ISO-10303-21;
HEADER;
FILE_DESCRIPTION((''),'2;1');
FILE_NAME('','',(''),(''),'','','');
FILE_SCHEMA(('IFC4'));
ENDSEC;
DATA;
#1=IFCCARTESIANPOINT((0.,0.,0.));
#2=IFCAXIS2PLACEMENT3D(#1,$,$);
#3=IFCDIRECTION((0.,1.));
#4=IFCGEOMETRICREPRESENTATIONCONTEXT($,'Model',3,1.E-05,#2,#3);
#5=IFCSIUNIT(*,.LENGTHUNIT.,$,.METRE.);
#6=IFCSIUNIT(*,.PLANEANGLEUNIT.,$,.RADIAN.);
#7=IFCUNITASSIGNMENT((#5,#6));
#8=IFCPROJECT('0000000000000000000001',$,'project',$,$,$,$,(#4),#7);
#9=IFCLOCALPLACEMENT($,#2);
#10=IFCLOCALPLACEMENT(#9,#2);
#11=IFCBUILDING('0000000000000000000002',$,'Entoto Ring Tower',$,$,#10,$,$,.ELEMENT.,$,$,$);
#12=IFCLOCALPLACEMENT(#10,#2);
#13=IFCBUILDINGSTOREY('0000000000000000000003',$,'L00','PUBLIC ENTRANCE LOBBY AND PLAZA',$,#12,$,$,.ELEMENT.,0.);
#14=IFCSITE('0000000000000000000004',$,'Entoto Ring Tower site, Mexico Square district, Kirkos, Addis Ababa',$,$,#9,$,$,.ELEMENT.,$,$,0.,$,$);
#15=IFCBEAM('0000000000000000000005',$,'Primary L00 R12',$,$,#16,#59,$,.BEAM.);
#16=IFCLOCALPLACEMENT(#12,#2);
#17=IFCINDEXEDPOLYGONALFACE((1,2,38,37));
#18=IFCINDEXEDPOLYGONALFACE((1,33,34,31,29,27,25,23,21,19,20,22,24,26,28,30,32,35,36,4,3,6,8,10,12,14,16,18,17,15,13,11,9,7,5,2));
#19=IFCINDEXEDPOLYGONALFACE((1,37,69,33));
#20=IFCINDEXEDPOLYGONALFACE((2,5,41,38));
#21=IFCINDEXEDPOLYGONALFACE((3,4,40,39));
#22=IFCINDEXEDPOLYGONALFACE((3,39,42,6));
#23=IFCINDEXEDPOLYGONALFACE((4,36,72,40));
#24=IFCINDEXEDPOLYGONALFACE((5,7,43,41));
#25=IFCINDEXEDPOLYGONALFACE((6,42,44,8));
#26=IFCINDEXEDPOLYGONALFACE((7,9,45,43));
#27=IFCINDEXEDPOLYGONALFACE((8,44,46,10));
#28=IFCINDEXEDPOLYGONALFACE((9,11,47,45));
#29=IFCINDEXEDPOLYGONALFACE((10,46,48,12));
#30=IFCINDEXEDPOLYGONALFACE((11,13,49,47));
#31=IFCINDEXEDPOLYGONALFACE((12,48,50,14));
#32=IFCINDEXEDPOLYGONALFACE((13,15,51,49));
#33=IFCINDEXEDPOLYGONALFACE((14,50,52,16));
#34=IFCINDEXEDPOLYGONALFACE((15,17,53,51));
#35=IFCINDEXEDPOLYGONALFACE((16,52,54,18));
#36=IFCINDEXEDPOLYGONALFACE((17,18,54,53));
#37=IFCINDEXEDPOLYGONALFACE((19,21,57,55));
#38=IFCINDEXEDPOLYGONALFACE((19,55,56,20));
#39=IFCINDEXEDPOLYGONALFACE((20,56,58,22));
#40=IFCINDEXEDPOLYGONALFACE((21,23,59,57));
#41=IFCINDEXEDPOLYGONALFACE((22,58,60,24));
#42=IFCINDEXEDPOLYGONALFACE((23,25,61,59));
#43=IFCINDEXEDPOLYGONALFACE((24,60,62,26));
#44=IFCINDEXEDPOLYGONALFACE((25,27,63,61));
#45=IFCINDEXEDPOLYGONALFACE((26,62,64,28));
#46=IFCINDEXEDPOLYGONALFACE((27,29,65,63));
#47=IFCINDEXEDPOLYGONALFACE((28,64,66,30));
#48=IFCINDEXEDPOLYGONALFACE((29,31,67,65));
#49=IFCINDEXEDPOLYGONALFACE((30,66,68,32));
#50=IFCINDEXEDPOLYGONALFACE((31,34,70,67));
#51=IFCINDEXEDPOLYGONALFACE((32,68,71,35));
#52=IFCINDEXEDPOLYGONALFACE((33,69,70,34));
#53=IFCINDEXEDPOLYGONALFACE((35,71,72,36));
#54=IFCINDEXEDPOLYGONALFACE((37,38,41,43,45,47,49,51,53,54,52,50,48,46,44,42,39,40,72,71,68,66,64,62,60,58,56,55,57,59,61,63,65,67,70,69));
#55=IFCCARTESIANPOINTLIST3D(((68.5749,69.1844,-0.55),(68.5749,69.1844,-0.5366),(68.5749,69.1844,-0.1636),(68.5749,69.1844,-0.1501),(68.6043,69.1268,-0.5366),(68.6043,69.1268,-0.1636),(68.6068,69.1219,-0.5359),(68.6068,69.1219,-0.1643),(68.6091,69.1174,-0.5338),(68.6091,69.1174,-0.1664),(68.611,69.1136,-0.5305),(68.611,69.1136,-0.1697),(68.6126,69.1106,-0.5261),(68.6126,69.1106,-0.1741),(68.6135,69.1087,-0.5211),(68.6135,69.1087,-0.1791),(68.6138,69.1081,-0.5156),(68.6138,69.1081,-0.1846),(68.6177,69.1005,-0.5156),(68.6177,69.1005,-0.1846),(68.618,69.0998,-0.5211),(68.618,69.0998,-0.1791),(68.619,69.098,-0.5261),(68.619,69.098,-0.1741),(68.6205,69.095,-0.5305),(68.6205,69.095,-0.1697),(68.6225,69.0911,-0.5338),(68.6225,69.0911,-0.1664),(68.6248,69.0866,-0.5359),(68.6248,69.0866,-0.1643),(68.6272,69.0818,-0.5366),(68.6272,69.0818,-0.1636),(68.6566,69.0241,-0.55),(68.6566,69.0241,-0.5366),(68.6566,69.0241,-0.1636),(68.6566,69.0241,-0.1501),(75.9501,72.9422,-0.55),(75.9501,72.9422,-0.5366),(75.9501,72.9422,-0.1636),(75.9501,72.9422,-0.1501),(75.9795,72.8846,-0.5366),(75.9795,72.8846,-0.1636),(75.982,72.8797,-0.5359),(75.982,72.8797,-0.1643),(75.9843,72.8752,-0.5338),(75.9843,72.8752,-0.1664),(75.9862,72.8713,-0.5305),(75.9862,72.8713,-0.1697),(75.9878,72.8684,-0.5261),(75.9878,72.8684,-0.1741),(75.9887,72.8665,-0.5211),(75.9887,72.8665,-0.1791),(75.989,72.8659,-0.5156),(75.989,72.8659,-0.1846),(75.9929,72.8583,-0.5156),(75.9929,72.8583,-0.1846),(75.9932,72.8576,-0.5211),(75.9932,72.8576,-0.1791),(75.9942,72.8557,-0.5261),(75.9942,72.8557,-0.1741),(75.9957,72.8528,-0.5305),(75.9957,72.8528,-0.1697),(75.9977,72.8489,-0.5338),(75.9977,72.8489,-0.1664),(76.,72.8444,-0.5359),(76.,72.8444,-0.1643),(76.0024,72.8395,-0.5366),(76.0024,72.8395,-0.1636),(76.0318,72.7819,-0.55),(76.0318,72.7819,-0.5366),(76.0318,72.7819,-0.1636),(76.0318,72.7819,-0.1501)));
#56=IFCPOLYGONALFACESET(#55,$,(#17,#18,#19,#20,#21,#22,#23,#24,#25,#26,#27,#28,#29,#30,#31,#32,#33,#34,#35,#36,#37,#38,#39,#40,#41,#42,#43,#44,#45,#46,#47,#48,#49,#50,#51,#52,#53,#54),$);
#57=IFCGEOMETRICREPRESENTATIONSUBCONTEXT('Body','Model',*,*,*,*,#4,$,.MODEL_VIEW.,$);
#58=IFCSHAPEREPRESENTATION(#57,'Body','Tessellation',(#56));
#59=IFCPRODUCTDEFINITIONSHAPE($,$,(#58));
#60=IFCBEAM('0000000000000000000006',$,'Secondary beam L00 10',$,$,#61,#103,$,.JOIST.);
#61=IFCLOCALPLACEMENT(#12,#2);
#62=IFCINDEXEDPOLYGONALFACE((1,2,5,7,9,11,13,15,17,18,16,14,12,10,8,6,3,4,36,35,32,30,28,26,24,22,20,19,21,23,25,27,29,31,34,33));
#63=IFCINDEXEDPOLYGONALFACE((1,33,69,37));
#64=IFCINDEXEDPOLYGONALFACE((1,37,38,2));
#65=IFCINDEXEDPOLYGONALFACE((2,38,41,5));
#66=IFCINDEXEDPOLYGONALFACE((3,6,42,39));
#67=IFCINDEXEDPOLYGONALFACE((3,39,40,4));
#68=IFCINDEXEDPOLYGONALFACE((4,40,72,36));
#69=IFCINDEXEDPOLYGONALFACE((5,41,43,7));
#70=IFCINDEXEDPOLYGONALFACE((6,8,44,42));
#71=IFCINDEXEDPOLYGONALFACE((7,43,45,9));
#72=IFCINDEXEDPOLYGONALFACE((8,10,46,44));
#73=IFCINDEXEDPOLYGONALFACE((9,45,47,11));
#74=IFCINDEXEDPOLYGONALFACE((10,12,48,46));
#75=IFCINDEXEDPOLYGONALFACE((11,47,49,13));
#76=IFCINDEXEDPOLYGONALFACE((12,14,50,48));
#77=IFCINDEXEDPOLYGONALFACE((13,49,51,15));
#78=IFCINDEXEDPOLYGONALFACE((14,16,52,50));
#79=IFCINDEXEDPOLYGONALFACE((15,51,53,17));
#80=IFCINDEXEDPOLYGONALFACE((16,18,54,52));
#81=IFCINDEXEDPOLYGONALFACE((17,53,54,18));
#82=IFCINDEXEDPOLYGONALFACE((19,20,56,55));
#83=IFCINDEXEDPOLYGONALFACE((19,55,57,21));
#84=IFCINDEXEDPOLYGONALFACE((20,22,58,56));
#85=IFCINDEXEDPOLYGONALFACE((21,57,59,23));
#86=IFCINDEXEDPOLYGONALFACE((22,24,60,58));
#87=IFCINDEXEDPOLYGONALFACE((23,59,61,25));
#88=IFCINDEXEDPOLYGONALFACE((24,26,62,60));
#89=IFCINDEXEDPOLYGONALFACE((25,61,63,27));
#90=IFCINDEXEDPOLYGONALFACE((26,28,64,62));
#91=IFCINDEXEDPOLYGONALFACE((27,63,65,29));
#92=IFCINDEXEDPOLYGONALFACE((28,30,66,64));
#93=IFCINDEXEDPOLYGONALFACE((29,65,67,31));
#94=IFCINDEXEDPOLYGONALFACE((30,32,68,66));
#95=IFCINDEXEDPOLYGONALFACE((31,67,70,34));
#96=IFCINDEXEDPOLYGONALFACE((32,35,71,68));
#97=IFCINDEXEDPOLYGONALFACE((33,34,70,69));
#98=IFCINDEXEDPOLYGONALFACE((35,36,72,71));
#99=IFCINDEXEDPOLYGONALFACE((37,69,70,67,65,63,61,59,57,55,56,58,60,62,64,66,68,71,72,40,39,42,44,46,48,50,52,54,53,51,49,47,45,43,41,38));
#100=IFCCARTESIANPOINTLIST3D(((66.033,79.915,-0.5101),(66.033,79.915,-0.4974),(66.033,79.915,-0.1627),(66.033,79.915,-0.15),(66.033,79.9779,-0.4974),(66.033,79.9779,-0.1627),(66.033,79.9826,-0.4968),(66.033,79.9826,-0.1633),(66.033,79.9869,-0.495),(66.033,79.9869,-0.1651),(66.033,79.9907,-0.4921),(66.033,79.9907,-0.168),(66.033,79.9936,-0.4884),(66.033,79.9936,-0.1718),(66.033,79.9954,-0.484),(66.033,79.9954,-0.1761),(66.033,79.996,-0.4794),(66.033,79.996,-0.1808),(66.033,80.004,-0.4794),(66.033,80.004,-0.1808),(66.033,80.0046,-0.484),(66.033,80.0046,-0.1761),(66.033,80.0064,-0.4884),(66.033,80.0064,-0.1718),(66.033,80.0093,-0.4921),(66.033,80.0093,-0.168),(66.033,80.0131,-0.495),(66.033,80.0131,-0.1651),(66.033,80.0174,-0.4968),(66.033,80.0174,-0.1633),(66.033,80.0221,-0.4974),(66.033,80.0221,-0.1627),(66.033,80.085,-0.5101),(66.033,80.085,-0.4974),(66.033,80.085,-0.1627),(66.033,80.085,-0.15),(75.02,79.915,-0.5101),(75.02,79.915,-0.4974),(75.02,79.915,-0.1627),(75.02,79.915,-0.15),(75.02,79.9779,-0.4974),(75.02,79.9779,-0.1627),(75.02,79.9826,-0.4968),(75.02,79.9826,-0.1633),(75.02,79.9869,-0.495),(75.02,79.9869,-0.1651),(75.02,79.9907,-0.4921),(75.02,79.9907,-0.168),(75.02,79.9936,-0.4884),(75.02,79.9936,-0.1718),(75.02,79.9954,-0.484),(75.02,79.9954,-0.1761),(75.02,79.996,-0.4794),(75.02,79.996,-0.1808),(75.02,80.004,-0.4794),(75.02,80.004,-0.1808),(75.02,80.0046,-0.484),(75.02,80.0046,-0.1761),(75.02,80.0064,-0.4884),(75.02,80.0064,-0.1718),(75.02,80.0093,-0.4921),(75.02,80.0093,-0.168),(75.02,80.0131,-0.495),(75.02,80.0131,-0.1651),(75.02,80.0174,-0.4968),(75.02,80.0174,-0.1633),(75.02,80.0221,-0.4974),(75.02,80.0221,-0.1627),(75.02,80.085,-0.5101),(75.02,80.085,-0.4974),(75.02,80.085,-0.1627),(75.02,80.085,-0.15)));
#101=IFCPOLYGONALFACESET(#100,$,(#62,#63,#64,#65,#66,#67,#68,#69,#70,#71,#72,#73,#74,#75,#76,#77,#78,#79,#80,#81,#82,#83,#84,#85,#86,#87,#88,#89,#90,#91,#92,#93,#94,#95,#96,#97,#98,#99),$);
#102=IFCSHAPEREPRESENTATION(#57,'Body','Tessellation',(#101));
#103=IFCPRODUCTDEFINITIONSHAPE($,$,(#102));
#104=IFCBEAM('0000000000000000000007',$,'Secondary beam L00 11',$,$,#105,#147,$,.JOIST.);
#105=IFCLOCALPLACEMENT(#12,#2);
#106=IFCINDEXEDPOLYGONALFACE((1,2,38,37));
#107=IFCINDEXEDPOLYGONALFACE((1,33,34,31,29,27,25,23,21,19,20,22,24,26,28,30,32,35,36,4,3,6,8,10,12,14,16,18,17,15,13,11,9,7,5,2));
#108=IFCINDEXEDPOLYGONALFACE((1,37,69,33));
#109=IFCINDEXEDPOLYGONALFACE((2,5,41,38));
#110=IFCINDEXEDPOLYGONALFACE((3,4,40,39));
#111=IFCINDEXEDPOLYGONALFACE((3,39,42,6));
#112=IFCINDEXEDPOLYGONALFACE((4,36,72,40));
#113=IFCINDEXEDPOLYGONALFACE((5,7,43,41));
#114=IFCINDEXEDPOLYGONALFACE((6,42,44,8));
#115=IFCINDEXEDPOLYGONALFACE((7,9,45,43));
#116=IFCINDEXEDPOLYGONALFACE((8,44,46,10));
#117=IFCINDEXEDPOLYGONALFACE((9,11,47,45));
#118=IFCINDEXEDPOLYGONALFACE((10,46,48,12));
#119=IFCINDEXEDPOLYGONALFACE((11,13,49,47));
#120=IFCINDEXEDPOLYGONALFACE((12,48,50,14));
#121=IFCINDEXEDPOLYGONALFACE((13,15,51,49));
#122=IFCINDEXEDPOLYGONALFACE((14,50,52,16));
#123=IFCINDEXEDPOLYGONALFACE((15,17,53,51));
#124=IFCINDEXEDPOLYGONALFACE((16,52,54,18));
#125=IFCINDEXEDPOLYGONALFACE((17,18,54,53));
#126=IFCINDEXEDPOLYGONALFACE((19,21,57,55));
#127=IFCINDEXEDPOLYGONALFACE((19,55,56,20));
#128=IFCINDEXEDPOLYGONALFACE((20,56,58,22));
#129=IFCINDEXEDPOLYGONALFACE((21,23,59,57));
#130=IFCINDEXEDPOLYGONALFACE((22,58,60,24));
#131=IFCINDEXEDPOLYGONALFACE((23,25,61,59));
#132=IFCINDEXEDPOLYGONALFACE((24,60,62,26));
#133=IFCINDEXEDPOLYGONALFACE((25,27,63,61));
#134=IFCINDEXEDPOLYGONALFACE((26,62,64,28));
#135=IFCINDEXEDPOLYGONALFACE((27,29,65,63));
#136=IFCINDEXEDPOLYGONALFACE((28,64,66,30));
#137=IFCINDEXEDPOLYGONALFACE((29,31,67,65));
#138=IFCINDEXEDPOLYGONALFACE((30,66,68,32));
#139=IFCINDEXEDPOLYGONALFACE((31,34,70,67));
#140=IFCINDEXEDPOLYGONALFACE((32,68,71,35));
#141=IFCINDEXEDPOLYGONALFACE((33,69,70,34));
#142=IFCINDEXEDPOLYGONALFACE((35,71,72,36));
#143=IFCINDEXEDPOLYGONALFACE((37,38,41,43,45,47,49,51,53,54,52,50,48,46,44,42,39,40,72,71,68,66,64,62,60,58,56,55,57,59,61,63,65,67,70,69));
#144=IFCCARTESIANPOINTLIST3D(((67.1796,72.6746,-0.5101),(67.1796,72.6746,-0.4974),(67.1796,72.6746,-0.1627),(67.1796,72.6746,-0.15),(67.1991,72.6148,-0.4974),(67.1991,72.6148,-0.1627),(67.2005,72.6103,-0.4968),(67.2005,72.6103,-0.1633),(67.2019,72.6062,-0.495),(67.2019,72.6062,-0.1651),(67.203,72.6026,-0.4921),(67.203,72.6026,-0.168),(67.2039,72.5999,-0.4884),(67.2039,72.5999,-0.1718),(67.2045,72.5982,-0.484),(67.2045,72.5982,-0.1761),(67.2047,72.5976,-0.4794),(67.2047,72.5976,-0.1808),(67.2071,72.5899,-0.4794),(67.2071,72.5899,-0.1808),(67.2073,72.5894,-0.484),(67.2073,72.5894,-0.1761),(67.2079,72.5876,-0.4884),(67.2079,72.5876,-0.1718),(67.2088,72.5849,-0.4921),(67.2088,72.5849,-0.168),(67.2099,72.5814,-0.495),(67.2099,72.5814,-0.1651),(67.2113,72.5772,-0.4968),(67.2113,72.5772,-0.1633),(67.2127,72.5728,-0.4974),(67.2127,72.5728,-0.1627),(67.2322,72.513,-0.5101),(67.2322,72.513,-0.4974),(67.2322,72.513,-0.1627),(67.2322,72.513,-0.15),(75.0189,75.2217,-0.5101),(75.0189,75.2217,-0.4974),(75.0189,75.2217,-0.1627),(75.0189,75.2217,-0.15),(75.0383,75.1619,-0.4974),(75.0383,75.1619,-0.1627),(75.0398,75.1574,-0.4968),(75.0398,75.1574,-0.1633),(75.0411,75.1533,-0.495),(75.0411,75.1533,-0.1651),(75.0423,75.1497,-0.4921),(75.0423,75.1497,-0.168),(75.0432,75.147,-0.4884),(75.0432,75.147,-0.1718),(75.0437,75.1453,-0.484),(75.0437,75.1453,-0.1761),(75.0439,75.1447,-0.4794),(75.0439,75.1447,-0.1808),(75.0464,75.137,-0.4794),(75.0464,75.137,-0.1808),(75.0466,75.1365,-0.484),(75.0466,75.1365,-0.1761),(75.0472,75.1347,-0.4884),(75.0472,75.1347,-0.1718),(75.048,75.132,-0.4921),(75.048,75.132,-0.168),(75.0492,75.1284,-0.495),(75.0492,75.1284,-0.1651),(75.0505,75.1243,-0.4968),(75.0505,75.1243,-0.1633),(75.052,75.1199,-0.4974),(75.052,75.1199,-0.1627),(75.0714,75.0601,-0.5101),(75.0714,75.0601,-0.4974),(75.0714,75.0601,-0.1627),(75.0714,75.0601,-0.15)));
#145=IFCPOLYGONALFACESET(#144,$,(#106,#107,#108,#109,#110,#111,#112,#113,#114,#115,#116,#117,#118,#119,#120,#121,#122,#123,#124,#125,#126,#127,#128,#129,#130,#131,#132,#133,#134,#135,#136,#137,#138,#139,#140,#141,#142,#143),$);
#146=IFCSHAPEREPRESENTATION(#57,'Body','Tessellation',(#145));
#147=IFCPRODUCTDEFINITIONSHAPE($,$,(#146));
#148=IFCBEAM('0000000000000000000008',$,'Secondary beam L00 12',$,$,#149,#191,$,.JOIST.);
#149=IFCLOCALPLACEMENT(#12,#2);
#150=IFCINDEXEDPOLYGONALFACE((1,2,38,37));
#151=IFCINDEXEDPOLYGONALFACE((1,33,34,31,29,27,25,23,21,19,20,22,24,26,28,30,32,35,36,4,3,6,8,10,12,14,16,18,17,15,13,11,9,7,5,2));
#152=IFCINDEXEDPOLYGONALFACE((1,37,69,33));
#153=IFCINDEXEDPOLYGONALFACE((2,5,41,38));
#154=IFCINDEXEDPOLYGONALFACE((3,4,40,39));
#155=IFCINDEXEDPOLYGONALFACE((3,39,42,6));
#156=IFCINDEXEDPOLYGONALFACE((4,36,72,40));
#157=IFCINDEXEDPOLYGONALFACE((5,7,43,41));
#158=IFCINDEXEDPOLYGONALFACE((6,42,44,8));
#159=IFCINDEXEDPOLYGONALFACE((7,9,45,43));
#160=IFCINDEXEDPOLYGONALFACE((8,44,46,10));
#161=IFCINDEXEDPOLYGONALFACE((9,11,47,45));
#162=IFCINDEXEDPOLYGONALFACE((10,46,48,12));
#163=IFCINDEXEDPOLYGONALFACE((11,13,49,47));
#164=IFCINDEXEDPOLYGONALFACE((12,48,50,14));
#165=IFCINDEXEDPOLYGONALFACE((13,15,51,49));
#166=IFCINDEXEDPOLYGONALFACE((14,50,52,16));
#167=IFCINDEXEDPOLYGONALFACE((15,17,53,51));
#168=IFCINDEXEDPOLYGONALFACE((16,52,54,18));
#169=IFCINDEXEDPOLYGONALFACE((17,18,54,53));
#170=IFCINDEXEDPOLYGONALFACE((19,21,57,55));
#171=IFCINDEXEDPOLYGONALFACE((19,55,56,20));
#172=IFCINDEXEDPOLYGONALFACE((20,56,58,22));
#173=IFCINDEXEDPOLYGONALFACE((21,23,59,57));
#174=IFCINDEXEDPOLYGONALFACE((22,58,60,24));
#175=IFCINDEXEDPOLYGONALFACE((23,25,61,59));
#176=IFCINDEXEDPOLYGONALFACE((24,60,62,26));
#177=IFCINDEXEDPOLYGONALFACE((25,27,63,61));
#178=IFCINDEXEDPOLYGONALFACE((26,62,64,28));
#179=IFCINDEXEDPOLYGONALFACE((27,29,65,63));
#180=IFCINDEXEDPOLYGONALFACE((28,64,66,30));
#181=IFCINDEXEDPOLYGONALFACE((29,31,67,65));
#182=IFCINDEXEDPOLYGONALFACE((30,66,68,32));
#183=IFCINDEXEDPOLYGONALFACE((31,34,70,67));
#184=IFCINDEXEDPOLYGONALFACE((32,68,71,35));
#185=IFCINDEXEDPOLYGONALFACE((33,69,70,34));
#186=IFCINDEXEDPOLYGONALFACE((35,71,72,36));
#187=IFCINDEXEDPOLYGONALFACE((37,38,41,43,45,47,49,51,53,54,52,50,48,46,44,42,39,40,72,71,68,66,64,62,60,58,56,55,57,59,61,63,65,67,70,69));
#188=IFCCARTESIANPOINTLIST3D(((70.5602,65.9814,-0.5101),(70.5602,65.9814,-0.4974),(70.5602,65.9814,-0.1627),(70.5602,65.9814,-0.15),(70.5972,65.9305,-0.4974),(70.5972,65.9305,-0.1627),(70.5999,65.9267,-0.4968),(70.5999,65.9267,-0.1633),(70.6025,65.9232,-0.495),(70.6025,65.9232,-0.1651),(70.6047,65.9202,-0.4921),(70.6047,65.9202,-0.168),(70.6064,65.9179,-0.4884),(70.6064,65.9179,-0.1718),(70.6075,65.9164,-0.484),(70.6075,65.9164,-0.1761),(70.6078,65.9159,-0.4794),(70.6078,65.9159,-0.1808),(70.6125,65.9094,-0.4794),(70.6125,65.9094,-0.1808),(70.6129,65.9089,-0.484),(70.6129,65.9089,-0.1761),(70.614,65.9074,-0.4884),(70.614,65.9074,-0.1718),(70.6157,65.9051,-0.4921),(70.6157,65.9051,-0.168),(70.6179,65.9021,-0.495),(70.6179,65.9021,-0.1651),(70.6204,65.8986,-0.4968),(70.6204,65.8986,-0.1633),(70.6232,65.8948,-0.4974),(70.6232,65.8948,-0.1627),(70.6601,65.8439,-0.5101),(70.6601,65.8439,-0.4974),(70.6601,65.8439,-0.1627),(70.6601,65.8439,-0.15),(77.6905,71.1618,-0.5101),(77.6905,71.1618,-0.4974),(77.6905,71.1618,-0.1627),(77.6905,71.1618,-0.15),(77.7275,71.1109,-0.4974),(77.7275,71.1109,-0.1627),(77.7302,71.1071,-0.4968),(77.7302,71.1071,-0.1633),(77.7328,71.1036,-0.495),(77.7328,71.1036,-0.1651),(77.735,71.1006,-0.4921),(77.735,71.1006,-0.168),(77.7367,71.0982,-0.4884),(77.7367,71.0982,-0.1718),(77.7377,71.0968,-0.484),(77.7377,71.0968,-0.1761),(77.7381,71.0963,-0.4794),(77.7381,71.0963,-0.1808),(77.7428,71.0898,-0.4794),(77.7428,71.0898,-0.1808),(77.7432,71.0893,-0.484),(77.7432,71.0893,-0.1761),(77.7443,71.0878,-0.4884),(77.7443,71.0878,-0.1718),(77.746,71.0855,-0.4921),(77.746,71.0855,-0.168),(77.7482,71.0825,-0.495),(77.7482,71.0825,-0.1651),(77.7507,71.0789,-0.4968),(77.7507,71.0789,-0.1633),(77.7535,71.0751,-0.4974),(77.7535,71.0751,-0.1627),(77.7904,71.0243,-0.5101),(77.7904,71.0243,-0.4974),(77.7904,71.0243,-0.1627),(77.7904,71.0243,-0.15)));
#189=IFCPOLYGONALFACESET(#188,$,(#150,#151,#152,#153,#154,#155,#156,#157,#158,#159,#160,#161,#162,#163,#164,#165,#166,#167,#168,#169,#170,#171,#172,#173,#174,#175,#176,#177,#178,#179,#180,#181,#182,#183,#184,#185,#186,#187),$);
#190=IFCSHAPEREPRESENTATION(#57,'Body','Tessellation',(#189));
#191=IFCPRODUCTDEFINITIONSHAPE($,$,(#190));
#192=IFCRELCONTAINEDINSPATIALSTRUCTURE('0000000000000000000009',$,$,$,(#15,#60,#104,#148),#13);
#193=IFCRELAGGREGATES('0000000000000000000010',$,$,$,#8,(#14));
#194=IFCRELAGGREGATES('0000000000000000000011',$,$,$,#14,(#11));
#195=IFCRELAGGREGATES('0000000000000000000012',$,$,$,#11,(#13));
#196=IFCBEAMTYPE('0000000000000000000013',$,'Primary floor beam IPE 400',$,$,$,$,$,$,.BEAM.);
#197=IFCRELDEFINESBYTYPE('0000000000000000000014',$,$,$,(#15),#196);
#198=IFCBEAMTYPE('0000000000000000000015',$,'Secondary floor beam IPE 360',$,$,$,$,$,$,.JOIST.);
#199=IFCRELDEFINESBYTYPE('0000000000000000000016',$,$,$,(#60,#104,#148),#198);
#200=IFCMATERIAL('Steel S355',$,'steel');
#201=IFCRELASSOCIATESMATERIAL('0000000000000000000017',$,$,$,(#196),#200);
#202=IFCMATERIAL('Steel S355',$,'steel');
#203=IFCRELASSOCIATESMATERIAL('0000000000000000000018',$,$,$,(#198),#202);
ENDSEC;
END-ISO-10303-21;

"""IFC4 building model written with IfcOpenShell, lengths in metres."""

from ifc_helpers import new_model, si_unit, direction, frame, origin, origin_2d, place, context, subcontext, project, spatial, i_section, extrude, material, material_profile, profile_set, type_object, element, save


model = new_model("IFC4")

# Units and contexts
model_context = context("Model", 3, precision=1e-05, world=origin(), true_north=direction((0.0, 1.0)))
body_context = subcontext(model_context, "Body", "Model", "MODEL_VIEW")
ifc_project = project(units=[si_unit("LENGTHUNIT", "METRE"), si_unit("PLANEANGLEUNIT", "RADIAN")], contexts=[model_context])

# Site, building, storey
site_placement = place(None, origin())
site = spatial("IfcSite", under=ifc_project, at=site_placement, Name="Entoto Ring Tower site, Mexico Square district, Kirkos, Addis Ababa", CompositionType="ELEMENT", RefElevation=0.0)
building_placement = place(site_placement, origin())
building = spatial("IfcBuilding", under=site, at=building_placement, Name="Entoto Ring Tower", CompositionType="ELEMENT")
storey_placement = place(building_placement, origin())
storey = spatial("IfcBuildingStorey", under=building, at=storey_placement, Name="L00", Description="PUBLIC ENTRANCE LOBBY AND PLAZA", CompositionType="ELEMENT", Elevation=0.0)

# Beams
ifc_material_1 = material(Name="Steel S355", Category="steel")
ifc_material_profile_1 = material_profile(ifc_material_1, i_section(OverallWidth=0.1799, OverallDepth=0.3999, WebThickness=0.0085, FlangeThickness=0.0134, FilletRadius=0.021, at=origin_2d()), Name="IPE 400")
ifc_profile_set_1 = profile_set([ifc_material_profile_1], Name="Steel S355")
beam_type_1 = type_object("IfcBeamType", Name="Primary floor beam IPE 400", PredefinedType="BEAM", material=ifc_profile_set_1)
beam_1_placement = place(storey_placement, frame((75.991, 72.8621, -0.3501), z_axis=(-0.89101, -0.453985, 0.0), x_axis=(0.453985, -0.89101, 0.0)))
element("IfcBeam", 1, at=beam_1_placement, inside=storey, type_object=beam_type_1, Name="Primary L00 R12", PredefinedType="BEAM", context=body_context, shape_type="SweptSolid", body=[
    extrude(i_section(OverallWidth=0.1799, OverallDepth=0.3999, WebThickness=0.0085, FlangeThickness=0.0134, FilletRadius=0.021, at=origin_2d()), origin(), (0.0, 0.0, 1.0), 8.2773),
])
ifc_material_2 = material(Name="Steel S355", Category="steel")
ifc_material_profile_2 = material_profile(ifc_material_2, i_section(OverallWidth=0.1699, OverallDepth=0.3601, WebThickness=0.0081, FlangeThickness=0.0127, FilletRadius=0.0181, at=origin_2d()), Name="IPE 360")
ifc_profile_set_2 = profile_set([ifc_material_profile_2], Name="Steel S355")
beam_type_2 = type_object("IfcBeamType", Name="Secondary floor beam IPE 360", PredefinedType="JOIST", material=ifc_profile_set_2)
beam_2_placement = place(storey_placement, frame((75.02, 80.0, -0.3301), z_axis=(-1.0, 0.0, 0.0), x_axis=(0.0, -1.0, 0.0)))
element("IfcBeam", 2, at=beam_2_placement, inside=storey, type_object=beam_type_2, Name="Secondary beam L00 10", PredefinedType="JOIST", context=body_context, shape_type="SweptSolid", body=[
    extrude(i_section(OverallWidth=0.1699, OverallDepth=0.3601, WebThickness=0.0081, FlangeThickness=0.0127, FilletRadius=0.0181, at=origin_2d()), origin(), (0.0, 0.0, 1.0), 8.9871),
])
beam_3_placement = place(storey_placement, frame((75.0452, 75.1409, -0.3301), z_axis=(-0.951058, -0.309012, 0.0), x_axis=(0.309012, -0.951058, 0.0)))
element("IfcBeam", 3, at=beam_3_placement, inside=storey, type_object=beam_type_2, Name="Secondary beam L00 11", PredefinedType="JOIST", context=body_context, shape_type="SweptSolid", body=[
    extrude(i_section(OverallWidth=0.1699, OverallDepth=0.3601, WebThickness=0.0081, FlangeThickness=0.0127, FilletRadius=0.0181, at=origin_2d()), origin(), (0.0, 0.0, 1.0), 8.2427),
])
beam_4_placement = place(storey_placement, frame((77.7405, 71.093, -0.3301), z_axis=(-0.809022, -0.587778, 0.0), x_axis=(0.587778, -0.809022, 0.0)))
element("IfcBeam", 4, at=beam_4_placement, inside=storey, type_object=beam_type_2, Name="Secondary beam L00 12", PredefinedType="JOIST", context=body_context, shape_type="SweptSolid", body=[
    extrude(i_section(OverallWidth=0.1699, OverallDepth=0.3601, WebThickness=0.0081, FlangeThickness=0.0127, FilletRadius=0.0181, at=origin_2d()), origin(), (0.0, 0.0, 1.0), 8.8135),
])

save(model, "model.ifc")
